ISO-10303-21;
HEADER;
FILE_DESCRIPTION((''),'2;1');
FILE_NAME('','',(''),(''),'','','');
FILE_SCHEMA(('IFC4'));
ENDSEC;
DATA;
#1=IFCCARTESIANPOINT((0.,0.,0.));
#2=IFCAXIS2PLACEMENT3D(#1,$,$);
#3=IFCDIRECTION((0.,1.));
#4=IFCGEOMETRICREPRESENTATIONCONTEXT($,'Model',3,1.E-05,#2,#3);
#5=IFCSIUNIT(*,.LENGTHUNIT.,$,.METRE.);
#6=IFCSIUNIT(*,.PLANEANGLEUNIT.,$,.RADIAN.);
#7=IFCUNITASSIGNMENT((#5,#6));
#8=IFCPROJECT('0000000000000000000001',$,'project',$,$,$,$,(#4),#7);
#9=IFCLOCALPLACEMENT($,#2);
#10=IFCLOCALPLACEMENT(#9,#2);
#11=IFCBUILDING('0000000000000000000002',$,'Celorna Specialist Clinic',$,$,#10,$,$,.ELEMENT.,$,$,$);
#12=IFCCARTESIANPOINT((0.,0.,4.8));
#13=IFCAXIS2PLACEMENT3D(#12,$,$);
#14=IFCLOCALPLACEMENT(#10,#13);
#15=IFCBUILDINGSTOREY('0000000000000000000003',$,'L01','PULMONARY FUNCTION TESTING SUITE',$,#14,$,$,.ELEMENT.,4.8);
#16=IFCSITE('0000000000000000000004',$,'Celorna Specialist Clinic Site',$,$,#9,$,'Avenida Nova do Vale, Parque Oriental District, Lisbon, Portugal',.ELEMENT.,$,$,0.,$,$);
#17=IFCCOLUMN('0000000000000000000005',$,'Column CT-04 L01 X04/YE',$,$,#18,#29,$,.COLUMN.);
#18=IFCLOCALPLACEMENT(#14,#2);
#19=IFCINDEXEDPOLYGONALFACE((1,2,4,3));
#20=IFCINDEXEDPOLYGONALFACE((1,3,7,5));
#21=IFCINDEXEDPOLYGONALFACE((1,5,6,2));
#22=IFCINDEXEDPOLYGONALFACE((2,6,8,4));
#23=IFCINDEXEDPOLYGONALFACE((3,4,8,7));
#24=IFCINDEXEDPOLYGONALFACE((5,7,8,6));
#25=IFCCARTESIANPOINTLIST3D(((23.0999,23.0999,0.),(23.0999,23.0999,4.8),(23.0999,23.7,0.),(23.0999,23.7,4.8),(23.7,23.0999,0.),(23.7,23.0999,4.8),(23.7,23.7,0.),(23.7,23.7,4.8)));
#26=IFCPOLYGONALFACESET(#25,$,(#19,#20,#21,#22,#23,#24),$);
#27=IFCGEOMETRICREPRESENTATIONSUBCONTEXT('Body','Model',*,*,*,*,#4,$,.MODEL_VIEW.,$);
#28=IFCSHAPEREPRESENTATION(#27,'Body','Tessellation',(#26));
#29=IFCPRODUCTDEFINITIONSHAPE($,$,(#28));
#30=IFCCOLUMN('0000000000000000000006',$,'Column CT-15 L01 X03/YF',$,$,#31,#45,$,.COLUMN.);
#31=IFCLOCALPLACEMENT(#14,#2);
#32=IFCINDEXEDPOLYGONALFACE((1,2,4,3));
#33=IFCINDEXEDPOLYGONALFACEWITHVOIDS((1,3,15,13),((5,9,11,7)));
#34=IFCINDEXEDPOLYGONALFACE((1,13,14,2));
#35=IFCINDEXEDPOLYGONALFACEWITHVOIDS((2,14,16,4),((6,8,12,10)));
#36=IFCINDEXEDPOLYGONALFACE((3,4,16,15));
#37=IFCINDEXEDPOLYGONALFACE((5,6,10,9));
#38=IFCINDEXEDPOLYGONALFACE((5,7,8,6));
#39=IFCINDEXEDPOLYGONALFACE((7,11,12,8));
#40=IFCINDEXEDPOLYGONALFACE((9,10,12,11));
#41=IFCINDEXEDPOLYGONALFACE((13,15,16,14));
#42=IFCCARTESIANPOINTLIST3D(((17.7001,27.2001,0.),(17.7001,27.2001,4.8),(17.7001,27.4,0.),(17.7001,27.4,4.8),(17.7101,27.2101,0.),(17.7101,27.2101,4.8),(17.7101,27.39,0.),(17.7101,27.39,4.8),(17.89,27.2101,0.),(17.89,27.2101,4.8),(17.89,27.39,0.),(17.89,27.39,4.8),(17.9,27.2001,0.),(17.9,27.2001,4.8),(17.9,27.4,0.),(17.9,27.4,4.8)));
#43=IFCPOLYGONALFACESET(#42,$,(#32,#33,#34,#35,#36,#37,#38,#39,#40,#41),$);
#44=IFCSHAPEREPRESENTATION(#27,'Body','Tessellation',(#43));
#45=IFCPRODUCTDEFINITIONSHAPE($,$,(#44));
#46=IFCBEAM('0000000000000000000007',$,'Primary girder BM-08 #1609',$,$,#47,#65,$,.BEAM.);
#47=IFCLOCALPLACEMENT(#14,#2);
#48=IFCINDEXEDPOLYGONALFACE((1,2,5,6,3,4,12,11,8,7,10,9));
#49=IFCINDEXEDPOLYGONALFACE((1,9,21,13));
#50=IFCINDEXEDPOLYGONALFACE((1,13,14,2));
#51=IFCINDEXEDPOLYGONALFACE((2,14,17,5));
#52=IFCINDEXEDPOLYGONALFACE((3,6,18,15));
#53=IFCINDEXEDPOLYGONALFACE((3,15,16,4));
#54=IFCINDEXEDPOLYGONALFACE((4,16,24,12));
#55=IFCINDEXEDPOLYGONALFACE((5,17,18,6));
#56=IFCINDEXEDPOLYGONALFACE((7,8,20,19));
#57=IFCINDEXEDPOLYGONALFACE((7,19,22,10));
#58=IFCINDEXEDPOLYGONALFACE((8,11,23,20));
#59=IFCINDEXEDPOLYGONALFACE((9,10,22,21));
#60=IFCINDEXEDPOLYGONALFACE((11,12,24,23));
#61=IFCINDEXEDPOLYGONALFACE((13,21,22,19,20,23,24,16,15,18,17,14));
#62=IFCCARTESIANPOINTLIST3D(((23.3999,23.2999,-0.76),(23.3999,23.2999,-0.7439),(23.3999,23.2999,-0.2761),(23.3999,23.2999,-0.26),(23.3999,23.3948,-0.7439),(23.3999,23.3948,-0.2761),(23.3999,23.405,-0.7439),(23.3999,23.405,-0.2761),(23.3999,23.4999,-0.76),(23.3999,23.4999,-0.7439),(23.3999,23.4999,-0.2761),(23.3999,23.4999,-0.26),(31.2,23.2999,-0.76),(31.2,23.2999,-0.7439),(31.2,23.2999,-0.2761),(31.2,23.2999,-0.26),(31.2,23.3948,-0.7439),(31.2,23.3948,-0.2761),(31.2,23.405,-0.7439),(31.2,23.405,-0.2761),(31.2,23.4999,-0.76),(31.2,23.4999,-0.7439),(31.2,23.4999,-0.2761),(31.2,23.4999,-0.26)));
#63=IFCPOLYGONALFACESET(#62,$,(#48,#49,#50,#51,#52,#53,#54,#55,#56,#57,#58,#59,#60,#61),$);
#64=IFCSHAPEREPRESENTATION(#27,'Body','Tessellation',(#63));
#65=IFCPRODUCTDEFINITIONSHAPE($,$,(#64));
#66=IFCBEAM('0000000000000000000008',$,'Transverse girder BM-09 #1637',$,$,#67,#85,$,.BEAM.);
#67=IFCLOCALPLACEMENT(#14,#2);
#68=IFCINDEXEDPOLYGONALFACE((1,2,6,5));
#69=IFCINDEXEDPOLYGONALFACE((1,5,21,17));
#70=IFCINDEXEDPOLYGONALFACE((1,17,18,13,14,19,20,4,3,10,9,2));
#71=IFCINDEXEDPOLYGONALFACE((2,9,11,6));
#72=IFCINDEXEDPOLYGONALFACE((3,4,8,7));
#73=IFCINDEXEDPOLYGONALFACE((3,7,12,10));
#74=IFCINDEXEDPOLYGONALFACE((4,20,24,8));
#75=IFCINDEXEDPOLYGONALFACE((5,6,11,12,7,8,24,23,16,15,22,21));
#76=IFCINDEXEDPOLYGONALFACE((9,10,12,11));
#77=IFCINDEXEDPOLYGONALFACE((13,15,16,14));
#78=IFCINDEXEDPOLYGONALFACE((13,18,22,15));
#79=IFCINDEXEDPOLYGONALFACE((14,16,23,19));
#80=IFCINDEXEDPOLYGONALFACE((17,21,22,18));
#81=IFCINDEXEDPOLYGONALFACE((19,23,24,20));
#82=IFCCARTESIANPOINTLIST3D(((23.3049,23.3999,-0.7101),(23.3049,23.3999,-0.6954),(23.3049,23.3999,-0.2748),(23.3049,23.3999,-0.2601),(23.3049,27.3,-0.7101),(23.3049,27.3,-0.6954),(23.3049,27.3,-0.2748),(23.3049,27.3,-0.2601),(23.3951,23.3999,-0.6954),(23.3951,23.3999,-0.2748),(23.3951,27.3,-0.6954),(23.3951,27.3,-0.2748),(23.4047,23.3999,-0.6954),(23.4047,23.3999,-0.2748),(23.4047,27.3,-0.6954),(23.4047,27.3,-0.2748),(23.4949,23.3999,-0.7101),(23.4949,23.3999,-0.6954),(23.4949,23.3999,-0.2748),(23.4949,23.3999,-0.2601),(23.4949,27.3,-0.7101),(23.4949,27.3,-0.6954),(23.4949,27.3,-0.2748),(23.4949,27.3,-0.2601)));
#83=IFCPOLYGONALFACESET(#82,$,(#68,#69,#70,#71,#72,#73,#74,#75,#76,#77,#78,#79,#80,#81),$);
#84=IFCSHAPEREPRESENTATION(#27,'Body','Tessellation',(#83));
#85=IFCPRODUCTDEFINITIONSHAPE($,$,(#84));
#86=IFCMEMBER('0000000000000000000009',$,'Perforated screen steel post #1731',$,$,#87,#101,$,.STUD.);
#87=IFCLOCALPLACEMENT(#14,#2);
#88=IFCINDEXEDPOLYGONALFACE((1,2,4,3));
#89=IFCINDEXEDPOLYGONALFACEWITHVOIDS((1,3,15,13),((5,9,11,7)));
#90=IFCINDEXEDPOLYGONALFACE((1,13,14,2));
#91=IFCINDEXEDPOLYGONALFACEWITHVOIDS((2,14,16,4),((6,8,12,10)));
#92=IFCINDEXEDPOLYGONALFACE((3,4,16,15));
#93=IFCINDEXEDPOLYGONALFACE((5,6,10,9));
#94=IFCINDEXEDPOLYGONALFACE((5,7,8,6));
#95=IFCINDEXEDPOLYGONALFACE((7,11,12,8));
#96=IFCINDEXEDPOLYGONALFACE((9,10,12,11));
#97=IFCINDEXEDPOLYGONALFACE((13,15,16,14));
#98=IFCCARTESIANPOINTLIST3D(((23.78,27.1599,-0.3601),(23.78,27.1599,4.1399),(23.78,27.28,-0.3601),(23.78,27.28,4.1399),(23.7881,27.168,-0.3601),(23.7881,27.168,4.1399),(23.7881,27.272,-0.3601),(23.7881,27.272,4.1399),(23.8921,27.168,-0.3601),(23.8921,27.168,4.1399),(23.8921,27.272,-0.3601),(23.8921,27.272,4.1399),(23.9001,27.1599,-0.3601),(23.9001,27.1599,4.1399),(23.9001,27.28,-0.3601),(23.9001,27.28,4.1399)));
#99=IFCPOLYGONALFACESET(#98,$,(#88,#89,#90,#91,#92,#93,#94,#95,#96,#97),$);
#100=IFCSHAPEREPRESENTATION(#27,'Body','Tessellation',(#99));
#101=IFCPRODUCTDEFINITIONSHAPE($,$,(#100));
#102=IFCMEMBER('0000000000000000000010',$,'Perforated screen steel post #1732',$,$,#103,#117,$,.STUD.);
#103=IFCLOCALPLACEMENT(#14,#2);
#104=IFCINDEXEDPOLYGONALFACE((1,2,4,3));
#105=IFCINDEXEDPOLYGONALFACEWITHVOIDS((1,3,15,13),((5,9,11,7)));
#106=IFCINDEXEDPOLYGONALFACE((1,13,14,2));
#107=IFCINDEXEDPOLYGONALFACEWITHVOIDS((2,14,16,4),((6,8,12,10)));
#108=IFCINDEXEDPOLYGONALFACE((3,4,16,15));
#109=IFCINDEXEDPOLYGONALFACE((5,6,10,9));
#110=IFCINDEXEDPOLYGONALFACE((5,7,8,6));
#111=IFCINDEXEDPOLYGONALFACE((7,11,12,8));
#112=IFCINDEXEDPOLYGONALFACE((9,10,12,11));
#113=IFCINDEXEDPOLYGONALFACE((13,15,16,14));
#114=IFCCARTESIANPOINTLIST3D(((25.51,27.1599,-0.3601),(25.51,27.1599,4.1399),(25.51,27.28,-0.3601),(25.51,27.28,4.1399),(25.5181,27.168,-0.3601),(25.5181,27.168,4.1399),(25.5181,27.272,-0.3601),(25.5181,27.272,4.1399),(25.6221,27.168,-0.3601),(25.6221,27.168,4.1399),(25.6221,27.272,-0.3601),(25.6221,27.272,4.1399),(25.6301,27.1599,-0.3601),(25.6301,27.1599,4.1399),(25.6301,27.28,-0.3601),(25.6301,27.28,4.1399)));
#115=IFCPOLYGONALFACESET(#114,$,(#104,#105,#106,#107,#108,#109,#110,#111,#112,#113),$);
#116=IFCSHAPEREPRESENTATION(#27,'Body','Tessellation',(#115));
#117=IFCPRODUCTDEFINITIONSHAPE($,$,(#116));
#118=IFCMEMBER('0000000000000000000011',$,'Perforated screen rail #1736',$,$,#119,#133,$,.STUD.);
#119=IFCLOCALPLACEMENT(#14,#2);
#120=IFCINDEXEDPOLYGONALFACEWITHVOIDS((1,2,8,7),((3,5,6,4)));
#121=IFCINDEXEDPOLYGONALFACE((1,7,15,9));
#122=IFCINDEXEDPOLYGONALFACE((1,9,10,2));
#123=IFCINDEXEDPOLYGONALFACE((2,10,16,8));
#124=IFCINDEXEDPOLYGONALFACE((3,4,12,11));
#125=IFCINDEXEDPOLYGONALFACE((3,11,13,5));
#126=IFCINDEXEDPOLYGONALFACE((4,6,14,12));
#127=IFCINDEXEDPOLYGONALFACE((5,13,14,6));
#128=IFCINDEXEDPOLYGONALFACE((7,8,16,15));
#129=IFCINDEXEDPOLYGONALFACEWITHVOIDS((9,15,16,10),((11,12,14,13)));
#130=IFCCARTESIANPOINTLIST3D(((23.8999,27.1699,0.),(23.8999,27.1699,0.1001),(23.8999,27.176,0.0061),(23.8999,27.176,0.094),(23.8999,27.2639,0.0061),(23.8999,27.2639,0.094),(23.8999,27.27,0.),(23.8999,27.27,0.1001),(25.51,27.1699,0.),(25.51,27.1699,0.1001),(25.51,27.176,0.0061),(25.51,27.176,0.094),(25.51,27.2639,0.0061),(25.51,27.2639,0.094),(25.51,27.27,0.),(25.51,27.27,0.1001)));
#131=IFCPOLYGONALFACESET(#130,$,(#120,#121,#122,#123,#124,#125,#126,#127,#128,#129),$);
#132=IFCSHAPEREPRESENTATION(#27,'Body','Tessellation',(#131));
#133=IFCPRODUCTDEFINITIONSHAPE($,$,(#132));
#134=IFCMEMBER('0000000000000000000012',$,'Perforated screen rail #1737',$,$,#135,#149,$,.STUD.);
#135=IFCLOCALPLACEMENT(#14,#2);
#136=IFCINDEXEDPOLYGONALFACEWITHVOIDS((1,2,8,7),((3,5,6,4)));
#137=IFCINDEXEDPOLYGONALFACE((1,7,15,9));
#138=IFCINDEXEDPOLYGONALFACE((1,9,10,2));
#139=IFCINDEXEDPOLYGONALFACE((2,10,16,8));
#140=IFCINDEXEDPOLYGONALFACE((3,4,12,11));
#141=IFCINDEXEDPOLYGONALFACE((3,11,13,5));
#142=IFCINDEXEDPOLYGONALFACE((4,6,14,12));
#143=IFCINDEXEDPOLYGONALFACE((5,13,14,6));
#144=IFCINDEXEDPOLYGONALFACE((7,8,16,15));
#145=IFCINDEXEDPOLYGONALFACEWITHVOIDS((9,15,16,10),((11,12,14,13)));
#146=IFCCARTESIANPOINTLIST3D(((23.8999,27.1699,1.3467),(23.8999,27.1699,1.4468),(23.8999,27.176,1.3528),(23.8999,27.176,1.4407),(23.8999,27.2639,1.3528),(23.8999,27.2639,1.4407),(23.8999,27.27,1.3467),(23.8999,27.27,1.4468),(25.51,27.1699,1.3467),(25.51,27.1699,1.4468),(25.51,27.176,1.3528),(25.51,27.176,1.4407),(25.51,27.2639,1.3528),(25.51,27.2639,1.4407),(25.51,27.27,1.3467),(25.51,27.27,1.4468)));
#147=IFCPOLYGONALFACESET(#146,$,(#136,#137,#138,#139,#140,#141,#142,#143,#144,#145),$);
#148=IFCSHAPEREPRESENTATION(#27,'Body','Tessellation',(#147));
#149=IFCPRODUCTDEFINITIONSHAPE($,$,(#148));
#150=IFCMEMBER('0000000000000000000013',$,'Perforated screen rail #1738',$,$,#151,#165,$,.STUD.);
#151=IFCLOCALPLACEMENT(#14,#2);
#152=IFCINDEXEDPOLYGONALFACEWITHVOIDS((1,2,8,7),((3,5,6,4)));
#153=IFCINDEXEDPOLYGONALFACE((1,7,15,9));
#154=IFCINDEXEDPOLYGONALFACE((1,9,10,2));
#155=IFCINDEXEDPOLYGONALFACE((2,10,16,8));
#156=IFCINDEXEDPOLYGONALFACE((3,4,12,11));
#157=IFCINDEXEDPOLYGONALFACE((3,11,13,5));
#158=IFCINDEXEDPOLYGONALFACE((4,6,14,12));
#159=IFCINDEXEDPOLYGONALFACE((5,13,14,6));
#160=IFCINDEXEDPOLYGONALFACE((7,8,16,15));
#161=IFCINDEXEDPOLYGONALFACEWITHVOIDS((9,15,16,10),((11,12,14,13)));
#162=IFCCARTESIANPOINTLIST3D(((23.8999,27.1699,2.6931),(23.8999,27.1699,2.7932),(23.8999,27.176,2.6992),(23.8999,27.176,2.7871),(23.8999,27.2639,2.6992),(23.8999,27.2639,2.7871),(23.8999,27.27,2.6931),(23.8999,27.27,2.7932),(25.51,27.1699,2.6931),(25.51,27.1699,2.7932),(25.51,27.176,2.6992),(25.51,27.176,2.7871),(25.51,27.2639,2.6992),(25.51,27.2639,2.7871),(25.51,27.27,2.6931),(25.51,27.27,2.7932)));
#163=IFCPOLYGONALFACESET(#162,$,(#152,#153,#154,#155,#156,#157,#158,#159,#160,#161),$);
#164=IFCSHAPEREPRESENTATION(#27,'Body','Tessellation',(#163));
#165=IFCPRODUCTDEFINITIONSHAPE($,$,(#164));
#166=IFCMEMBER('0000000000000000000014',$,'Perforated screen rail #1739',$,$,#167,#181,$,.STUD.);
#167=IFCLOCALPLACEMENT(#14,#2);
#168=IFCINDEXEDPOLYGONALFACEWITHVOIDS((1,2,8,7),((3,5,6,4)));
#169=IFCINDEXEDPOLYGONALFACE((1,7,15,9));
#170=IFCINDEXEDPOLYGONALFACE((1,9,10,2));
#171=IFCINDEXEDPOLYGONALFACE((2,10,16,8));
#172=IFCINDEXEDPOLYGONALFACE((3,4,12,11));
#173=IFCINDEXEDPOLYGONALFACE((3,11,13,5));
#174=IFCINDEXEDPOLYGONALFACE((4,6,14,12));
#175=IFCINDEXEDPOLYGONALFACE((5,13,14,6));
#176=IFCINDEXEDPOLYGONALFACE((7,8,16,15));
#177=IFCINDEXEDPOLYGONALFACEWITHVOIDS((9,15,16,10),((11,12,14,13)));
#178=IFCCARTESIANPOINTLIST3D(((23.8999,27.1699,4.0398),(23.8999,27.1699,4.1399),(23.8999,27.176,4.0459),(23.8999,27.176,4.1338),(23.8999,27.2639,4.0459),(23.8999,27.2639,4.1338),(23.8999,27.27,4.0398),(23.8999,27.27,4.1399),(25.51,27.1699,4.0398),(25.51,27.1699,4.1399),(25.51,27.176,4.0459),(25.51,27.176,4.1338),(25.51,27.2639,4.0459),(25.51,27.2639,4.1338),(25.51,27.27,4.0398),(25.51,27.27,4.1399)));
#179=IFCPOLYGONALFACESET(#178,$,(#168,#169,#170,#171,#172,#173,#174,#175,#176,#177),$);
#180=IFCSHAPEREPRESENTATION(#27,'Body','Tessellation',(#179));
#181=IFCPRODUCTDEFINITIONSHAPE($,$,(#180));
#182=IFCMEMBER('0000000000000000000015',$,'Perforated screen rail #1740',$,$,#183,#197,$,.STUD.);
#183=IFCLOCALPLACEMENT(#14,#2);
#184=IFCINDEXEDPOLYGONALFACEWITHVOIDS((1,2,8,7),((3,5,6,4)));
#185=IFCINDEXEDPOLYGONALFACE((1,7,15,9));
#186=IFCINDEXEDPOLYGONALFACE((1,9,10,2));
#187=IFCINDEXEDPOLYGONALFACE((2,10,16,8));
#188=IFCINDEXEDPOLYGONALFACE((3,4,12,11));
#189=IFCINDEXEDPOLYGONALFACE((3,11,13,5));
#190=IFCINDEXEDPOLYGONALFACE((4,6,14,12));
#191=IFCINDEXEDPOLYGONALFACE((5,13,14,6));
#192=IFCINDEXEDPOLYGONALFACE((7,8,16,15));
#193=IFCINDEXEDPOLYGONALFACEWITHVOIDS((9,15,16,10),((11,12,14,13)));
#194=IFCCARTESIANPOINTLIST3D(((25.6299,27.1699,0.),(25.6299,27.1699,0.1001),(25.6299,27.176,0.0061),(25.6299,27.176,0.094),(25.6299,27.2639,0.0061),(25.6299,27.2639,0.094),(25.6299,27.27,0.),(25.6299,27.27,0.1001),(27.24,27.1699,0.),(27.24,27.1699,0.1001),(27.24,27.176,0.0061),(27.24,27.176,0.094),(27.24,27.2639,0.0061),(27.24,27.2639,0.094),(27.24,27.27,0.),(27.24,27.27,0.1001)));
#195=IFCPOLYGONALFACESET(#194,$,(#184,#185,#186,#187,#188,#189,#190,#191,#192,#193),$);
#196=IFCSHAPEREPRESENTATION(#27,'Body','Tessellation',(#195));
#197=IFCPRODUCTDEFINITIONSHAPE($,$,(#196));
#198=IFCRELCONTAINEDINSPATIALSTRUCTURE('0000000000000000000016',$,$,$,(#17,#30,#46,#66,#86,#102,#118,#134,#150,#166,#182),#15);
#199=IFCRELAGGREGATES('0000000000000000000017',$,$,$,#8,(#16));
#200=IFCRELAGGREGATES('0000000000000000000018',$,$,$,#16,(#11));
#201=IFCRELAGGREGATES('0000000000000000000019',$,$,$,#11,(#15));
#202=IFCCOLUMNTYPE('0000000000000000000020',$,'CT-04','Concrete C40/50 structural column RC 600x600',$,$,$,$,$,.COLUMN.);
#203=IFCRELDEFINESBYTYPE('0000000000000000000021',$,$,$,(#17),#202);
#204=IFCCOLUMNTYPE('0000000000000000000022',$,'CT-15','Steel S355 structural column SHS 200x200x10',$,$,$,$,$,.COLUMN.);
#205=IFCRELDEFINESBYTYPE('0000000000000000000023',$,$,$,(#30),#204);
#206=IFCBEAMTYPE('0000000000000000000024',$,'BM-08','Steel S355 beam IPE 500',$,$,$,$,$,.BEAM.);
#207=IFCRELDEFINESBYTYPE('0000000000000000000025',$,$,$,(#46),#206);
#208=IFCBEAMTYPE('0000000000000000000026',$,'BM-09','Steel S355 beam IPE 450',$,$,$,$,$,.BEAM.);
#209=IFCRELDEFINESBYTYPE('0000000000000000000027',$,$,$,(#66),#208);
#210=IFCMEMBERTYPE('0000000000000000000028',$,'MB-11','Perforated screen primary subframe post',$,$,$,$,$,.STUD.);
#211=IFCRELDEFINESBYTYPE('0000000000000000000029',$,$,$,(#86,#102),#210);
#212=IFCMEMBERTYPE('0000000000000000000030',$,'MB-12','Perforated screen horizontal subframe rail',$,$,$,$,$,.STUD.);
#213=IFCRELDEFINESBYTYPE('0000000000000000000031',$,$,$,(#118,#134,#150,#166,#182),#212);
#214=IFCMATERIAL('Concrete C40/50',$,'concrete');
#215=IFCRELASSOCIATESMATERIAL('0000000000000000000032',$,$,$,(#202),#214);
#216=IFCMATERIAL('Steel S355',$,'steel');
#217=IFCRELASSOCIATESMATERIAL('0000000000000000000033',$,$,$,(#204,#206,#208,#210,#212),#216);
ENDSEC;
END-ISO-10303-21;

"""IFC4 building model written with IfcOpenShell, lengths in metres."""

from ifc_helpers import new_model, si_unit, direction, frame, origin, origin_2d, place, context, subcontext, project, spatial, rectangle, hollow_rectangle, i_section, extrude, material, material_profile, profile_set, type_object, element, save


model = new_model("IFC4")

# Units and contexts
model_context = context("Model", 3, precision=1e-05, world=origin(), true_north=direction((0.0, 1.0)))
body_context = subcontext(model_context, "Body", "Model", "MODEL_VIEW")
ifc_project = project(units=[si_unit("LENGTHUNIT", "METRE"), si_unit("PLANEANGLEUNIT", "RADIAN")], contexts=[model_context])

# Site, building, storey
site_placement = place(None, origin())
site = spatial("IfcSite", under=ifc_project, at=site_placement, Name="Celorna Specialist Clinic Site", LongName="Avenida Nova do Vale, Parque Oriental District, Lisbon, Portugal", CompositionType="ELEMENT", RefElevation=0.0)
building_placement = place(site_placement, origin())
building = spatial("IfcBuilding", under=site, at=building_placement, Name="Celorna Specialist Clinic", CompositionType="ELEMENT")
storey_placement = place(building_placement, frame((0.0, 0.0, 4.8)))
storey = spatial("IfcBuildingStorey", under=building, at=storey_placement, Name="L01", Description="PULMONARY FUNCTION TESTING SUITE", CompositionType="ELEMENT", Elevation=4.8)

# Columns
ifc_material_1 = material(Name="Concrete C40/50", Category="concrete")
ifc_material_profile_1 = material_profile(ifc_material_1, rectangle(XDim=0.6001, YDim=0.6001, at=origin_2d()), Name="RC 600x600")
ifc_profile_set_1 = profile_set([ifc_material_profile_1], Name="Concrete C40/50")
column_type_1 = type_object("IfcColumnType", Name="CT-04", Description="Concrete C40/50 structural column RC 600x600", PredefinedType="COLUMN", material=ifc_profile_set_1)
column_1_placement = place(storey_placement, frame((23.3999, 23.3999, 0.0), z_axis=(0.0, 0.0, 1.0), x_axis=(1.0, 0.0, 0.0)))
element("IfcColumn", 1, at=column_1_placement, inside=storey, type_object=column_type_1, Name="Column CT-04 L01 X04/YE", PredefinedType="COLUMN", context=body_context, shape_type="SweptSolid", body=[
    extrude(rectangle(XDim=0.6001, YDim=0.6001, at=origin_2d()), origin(), (0.0, 0.0, 1.0), 4.8),
])
ifc_material_2 = material(Name="Steel S355", Category="steel")
ifc_material_profile_2 = material_profile(ifc_material_2, hollow_rectangle(XDim=0.2, YDim=0.2, WallThickness=0.01, at=origin_2d()), Name="SHS 200x200x10")
ifc_profile_set_2 = profile_set([ifc_material_profile_2], Name="Steel S355")
column_type_2 = type_object("IfcColumnType", Name="CT-15", Description="Steel S355 structural column SHS 200x200x10", PredefinedType="COLUMN", material=ifc_profile_set_2)
column_2_placement = place(storey_placement, frame((17.8, 27.3, 0.0), z_axis=(0.0, 0.0, 1.0), x_axis=(1.0, 0.0, 0.0)))
element("IfcColumn", 2, at=column_2_placement, inside=storey, type_object=column_type_2, Name="Column CT-15 L01 X03/YF", PredefinedType="COLUMN", context=body_context, shape_type="SweptSolid", body=[
    extrude(hollow_rectangle(XDim=0.2, YDim=0.2, WallThickness=0.01, at=origin_2d()), origin(), (0.0, 0.0, 1.0), 4.8),
])

# Beams
ifc_material_profile_3 = material_profile(ifc_material_2, i_section(OverallWidth=0.2, OverallDepth=0.5, WebThickness=0.0103, FlangeThickness=0.0161, at=origin_2d()), Name="IPE 500")
ifc_profile_set_3 = profile_set([ifc_material_profile_3], Name="Steel S355")
beam_type_1 = type_object("IfcBeamType", Name="BM-08", Description="Steel S355 beam IPE 500", PredefinedType="BEAM", material=ifc_profile_set_3)
beam_1_placement = place(storey_placement, frame((23.3999, 23.3999, -0.51), z_axis=(1.0, 0.0, 0.0), x_axis=(0.0, 1.0, 0.0)))
element("IfcBeam", 3, at=beam_1_placement, inside=storey, type_object=beam_type_1, Name="Primary girder BM-08 #1609", PredefinedType="BEAM", context=body_context, shape_type="SweptSolid", body=[
    extrude(i_section(OverallWidth=0.2, OverallDepth=0.5, WebThickness=0.0103, FlangeThickness=0.0161, at=origin_2d()), origin(), (0.0, 0.0, 1.0), 7.8),
])
ifc_material_profile_4 = material_profile(ifc_material_2, i_section(OverallWidth=0.1899, OverallDepth=0.45, WebThickness=0.0095, FlangeThickness=0.0146, at=origin_2d()), Name="IPE 450")
ifc_profile_set_4 = profile_set([ifc_material_profile_4], Name="Steel S355")
beam_type_2 = type_object("IfcBeamType", Name="BM-09", Description="Steel S355 beam IPE 450", PredefinedType="BEAM", material=ifc_profile_set_4)
beam_2_placement = place(storey_placement, frame((23.3999, 23.3999, -0.4851), z_axis=(0.0, 1.0, 0.0), x_axis=(-1.0, 0.0, 0.0)))
element("IfcBeam", 4, at=beam_2_placement, inside=storey, type_object=beam_type_2, Name="Transverse girder BM-09 #1637", PredefinedType="BEAM", context=body_context, shape_type="SweptSolid", body=[
    extrude(i_section(OverallWidth=0.1899, OverallDepth=0.45, WebThickness=0.0095, FlangeThickness=0.0146, at=origin_2d()), origin(), (0.0, 0.0, 1.0), 3.9001),
])

# Members
ifc_material_profile_5 = material_profile(ifc_material_2, hollow_rectangle(XDim=0.1201, YDim=0.1201, WallThickness=0.0081, at=origin_2d()), Name="SHS 120x120x8")
ifc_profile_set_5 = profile_set([ifc_material_profile_5], Name="Steel S355")
member_type_1 = type_object("IfcMemberType", Name="MB-11", Description="Perforated screen primary subframe post", PredefinedType="STUD", material=ifc_profile_set_5)
for number, where, z_axis, x_axis, name in (
    (5, (23.8401, 27.22, -0.3601), (0.0, 0.0, 1.0), (1.0, 0.0, 0.0), "Perforated screen steel post #1731"),
    (6, (25.5701, 27.22, -0.3601), (0.0, 0.0, 1.0), (1.0, 0.0, 0.0), "Perforated screen steel post #1732"),
):
    element("IfcMember", number, at=place(storey_placement, frame(where, z_axis=z_axis, x_axis=x_axis)), inside=storey, type_object=member_type_1, Name=name, PredefinedType="STUD", context=body_context, shape_type="SweptSolid", body=[
        extrude(hollow_rectangle(XDim=0.1201, YDim=0.1201, WallThickness=0.0081, at=origin_2d()), origin(), (0.0, 0.0, 1.0), 4.5),
    ])
ifc_material_profile_6 = material_profile(ifc_material_2, hollow_rectangle(XDim=0.1001, YDim=0.1001, WallThickness=0.0061, at=origin_2d()), Name="SHS 100x100x6")
ifc_profile_set_6 = profile_set([ifc_material_profile_6], Name="Steel S355")
member_type_2 = type_object("IfcMemberType", Name="MB-12", Description="Perforated screen horizontal subframe rail", PredefinedType="STUD", material=ifc_profile_set_6)
for number, where, z_axis, x_axis, name in (
    (7, (23.8999, 27.22, 0.05), (1.0, 0.0, 0.0), (0.0, 1.0, 0.0), "Perforated screen rail #1736"),
    (8, (23.8999, 27.22, 1.3967), (1.0, 0.0, 0.0), (0.0, 1.0, 0.0), "Perforated screen rail #1737"),
    (9, (23.8999, 27.22, 2.7432), (1.0, 0.0, 0.0), (0.0, 1.0, 0.0), "Perforated screen rail #1738"),
    (10, (23.8999, 27.22, 4.0898), (1.0, 0.0, 0.0), (0.0, 1.0, 0.0), "Perforated screen rail #1739"),
    (11, (25.6299, 27.22, 0.05), (1.0, 0.0, 0.0), (0.0, 1.0, 0.0), "Perforated screen rail #1740"),
):
    element("IfcMember", number, at=place(storey_placement, frame(where, z_axis=z_axis, x_axis=x_axis)), inside=storey, type_object=member_type_2, Name=name, PredefinedType="STUD", context=body_context, shape_type="SweptSolid", body=[
        extrude(hollow_rectangle(XDim=0.1001, YDim=0.1001, WallThickness=0.0061, at=origin_2d()), origin(), (0.0, 0.0, 1.0), 1.6101),
    ])

save(model, "model.ifc")
